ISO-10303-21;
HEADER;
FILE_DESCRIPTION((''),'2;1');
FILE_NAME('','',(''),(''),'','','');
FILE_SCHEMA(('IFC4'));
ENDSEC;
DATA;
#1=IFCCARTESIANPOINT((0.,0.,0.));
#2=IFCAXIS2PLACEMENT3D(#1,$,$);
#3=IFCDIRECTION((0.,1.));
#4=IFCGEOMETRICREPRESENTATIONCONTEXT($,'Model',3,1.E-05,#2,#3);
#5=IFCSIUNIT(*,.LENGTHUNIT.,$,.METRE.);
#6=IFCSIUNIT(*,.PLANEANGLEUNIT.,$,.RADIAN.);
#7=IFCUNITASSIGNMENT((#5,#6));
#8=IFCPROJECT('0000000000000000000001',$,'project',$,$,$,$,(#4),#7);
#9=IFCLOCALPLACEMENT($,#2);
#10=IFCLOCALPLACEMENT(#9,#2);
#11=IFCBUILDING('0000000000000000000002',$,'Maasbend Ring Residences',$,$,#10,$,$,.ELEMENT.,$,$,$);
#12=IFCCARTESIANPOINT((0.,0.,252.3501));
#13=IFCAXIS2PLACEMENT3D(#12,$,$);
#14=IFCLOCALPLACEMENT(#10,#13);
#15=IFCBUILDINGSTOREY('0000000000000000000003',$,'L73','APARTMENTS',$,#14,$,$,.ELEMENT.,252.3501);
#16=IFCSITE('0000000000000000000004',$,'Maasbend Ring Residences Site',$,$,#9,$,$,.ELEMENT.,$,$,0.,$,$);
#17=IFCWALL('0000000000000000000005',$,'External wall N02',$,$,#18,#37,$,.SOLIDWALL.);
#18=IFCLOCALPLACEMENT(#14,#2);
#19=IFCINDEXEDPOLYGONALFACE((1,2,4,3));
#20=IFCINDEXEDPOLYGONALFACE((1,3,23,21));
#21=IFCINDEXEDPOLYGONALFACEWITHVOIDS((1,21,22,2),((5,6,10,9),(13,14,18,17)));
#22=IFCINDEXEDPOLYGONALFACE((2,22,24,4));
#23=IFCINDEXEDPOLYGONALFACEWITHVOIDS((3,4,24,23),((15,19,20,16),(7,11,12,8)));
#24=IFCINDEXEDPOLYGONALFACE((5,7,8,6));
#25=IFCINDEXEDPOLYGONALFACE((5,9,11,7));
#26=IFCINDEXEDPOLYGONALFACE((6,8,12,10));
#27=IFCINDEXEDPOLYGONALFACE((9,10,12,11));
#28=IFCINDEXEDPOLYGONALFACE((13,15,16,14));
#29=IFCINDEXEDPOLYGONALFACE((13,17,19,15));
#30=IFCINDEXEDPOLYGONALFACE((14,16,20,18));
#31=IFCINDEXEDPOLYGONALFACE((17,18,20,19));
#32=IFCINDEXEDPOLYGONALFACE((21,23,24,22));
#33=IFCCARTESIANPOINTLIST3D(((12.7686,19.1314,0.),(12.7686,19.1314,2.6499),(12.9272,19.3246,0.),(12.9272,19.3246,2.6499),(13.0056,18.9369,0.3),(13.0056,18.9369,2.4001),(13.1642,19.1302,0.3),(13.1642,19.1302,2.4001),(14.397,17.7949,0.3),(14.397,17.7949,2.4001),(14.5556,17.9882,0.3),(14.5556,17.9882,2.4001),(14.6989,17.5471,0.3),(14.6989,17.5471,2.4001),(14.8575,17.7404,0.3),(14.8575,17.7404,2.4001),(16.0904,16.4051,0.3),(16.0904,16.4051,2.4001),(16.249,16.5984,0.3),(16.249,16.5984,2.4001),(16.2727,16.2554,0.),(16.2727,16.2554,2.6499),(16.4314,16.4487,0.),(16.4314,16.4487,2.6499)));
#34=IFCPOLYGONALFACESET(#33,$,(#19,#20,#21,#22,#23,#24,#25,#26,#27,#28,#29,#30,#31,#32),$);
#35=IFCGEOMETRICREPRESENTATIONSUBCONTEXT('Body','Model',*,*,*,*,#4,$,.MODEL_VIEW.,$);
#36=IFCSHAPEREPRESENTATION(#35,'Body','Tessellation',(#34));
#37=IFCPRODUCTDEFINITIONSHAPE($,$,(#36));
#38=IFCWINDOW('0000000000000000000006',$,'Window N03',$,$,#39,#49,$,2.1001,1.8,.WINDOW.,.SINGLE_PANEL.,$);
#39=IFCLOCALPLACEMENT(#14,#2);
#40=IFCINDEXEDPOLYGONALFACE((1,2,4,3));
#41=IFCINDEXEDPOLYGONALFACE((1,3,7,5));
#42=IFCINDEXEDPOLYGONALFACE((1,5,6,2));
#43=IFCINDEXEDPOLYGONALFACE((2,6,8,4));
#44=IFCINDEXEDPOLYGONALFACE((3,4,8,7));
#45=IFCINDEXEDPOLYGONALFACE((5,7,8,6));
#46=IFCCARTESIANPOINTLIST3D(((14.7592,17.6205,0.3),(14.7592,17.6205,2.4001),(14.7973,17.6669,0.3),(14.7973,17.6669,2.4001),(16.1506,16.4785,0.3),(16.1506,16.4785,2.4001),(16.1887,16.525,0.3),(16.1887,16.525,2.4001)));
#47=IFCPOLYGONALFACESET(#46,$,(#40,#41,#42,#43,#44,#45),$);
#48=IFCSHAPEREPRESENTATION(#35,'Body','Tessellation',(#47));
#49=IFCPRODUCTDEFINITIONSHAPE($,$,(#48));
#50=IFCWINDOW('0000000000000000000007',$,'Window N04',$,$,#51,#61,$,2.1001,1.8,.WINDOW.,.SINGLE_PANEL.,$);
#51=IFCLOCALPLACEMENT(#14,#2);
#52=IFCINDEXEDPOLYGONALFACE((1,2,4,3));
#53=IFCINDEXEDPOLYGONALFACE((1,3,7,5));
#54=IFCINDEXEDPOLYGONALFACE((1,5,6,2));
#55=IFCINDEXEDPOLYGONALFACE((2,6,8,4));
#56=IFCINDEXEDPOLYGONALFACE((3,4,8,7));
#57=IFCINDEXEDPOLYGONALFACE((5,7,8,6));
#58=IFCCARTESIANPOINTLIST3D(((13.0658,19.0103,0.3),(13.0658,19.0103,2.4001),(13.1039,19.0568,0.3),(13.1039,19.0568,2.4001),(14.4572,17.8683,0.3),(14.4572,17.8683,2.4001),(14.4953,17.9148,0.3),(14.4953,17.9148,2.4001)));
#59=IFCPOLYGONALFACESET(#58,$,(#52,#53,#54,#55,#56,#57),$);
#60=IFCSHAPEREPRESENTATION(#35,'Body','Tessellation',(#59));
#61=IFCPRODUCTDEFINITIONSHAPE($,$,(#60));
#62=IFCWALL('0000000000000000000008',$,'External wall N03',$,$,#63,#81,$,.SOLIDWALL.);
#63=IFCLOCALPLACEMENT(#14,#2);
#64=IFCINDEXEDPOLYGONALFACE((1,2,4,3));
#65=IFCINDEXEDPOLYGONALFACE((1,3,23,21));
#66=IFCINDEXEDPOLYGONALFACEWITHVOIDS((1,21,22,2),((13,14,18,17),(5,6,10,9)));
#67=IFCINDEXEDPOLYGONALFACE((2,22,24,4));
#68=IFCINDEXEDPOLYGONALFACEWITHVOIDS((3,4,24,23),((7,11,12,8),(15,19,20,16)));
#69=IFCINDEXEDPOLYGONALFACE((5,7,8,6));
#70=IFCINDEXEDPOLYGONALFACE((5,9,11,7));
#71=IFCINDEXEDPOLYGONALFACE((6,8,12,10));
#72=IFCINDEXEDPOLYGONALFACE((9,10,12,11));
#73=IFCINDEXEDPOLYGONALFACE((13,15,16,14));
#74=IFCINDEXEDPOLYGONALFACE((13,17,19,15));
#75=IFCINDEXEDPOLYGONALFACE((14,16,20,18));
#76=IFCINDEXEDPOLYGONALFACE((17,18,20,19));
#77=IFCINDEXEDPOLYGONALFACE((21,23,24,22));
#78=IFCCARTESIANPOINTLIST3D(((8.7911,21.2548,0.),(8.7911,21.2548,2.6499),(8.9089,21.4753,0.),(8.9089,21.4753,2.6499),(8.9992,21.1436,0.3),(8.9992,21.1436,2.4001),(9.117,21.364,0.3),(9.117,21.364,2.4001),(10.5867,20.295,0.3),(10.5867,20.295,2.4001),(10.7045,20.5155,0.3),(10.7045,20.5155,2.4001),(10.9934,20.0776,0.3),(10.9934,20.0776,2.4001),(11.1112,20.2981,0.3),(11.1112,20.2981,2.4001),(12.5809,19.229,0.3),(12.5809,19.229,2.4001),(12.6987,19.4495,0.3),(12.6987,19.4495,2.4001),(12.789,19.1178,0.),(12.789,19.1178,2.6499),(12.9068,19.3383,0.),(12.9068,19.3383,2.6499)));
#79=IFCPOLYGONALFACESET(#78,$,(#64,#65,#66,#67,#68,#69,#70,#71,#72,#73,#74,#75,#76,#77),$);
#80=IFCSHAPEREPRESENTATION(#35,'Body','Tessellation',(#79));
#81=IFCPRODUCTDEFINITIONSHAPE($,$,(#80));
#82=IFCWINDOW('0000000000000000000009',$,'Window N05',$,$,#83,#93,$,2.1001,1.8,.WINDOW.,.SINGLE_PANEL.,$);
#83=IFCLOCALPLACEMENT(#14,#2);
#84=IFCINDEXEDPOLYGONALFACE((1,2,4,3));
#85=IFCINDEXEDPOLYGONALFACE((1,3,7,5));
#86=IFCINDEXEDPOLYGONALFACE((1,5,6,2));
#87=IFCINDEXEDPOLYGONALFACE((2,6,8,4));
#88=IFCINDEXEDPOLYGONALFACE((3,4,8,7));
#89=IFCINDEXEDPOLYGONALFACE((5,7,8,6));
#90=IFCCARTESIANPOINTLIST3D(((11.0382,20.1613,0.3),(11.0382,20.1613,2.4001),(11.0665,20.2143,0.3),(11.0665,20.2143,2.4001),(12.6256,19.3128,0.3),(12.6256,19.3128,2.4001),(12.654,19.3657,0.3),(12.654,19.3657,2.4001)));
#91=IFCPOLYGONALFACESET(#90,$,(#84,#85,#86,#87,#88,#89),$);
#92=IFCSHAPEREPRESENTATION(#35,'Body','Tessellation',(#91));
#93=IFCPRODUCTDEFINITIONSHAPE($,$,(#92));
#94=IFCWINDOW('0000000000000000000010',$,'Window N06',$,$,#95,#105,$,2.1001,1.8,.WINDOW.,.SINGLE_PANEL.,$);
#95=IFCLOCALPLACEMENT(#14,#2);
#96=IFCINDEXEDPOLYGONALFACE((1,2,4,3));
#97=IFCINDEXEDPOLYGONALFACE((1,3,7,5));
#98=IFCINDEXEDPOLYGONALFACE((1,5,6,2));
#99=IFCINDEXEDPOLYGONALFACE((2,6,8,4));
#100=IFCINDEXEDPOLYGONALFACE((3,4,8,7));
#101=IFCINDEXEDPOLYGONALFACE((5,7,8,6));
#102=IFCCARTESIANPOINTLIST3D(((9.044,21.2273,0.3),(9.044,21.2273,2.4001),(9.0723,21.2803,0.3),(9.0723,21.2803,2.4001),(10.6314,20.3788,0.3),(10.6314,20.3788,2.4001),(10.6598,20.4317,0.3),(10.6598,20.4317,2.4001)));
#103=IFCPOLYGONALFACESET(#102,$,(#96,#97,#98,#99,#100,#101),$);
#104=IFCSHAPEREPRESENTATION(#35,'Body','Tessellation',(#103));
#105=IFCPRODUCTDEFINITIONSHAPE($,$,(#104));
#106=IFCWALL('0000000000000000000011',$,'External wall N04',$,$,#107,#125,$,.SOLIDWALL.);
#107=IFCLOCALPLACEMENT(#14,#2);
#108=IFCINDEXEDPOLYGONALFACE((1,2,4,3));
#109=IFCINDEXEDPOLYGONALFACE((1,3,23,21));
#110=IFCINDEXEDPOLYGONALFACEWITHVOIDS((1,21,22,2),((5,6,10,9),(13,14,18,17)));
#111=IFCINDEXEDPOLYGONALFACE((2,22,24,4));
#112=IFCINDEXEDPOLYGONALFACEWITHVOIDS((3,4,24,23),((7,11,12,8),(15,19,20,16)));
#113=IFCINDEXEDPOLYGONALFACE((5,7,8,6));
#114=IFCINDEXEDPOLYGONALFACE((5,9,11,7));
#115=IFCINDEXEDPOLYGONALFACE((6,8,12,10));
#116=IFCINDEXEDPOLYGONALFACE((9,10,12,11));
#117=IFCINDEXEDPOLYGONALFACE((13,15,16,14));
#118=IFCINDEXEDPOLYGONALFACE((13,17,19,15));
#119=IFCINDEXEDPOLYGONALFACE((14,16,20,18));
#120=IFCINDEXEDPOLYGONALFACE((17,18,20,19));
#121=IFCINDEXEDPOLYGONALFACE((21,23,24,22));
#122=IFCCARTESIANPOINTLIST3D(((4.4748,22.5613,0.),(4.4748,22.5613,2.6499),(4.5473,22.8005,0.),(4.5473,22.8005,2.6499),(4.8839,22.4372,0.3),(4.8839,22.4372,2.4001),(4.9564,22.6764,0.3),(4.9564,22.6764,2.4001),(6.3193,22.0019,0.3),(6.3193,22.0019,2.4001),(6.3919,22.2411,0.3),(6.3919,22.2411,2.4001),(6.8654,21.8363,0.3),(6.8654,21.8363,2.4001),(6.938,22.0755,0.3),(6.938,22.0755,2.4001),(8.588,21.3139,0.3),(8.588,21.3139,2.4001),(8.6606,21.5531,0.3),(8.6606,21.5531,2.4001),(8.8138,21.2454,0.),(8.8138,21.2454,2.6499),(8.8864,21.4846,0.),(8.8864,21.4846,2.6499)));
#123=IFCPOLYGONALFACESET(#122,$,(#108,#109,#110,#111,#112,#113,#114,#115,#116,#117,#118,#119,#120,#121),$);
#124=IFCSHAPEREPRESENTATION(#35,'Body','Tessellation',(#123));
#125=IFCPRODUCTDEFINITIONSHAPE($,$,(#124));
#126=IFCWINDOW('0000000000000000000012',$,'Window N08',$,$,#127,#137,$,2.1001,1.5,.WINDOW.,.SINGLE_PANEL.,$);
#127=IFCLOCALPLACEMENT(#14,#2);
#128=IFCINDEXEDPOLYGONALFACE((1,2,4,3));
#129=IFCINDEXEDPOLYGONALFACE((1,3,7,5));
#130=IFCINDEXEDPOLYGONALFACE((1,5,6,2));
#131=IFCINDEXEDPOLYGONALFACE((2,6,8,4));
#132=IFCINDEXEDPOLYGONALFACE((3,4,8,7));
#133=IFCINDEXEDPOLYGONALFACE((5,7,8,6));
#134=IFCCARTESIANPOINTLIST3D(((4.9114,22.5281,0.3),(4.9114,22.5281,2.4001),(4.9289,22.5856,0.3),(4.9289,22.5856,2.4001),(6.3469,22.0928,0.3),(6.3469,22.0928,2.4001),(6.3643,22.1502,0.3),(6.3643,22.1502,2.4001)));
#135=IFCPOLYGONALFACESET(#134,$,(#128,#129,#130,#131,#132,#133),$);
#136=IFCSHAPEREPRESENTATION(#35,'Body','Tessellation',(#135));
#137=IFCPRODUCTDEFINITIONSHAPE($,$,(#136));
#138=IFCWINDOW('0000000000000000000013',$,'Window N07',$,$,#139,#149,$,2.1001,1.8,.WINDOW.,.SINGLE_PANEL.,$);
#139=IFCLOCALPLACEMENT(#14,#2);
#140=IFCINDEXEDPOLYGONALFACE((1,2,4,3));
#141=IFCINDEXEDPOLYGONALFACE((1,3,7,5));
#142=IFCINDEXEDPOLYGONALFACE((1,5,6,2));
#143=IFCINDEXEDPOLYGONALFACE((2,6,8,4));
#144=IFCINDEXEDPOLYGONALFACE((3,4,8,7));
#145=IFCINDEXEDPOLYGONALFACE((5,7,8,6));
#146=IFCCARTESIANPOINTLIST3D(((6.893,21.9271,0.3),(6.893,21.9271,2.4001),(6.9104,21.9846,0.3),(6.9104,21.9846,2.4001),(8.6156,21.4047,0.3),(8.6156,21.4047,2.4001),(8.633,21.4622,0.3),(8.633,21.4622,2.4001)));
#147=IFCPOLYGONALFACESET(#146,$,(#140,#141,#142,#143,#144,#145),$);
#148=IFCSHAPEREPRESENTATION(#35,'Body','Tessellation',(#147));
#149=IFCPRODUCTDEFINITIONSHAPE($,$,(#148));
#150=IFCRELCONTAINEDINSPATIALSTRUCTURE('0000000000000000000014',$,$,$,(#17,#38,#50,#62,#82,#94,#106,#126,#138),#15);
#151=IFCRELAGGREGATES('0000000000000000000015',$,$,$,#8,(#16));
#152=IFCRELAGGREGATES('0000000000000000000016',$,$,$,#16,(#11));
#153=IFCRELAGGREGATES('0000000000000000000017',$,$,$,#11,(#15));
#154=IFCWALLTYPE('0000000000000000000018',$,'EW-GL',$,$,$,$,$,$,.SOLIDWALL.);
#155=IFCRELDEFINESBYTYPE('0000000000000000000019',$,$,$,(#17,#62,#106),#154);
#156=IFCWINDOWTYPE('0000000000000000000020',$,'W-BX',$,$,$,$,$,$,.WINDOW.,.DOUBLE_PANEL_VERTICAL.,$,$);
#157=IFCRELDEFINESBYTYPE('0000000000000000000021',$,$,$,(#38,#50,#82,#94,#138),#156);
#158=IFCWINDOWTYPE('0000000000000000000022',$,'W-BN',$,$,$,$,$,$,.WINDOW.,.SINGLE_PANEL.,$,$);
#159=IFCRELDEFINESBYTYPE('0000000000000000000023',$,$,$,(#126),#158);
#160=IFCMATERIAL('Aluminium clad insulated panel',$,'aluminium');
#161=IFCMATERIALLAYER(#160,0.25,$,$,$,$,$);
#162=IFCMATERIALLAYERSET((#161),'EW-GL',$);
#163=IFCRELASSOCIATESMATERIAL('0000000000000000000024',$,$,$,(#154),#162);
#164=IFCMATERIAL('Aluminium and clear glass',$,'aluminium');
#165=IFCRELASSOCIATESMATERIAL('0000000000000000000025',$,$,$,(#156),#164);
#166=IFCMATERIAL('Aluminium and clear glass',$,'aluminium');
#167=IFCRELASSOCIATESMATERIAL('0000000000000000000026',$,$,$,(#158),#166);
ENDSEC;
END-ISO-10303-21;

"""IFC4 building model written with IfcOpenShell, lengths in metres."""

from ifc_helpers import new_model, si_unit, direction, frame, frame_2d, origin, place, context, subcontext, project, spatial, rectangle, extrude, material, layer, layer_set, type_object, element, fill, save


model = new_model("IFC4")

# Units and contexts
model_context = context("Model", 3, precision=1e-05, world=origin(), true_north=direction((0.0, 1.0)))
body_context = subcontext(model_context, "Body", "Model", "MODEL_VIEW")
ifc_project = project(units=[si_unit("LENGTHUNIT", "METRE"), si_unit("PLANEANGLEUNIT", "RADIAN")], contexts=[model_context])

# Site, building, storey
site_placement = place(None, origin())
site = spatial("IfcSite", under=ifc_project, at=site_placement, Name="Maasbend Ring Residences Site", CompositionType="ELEMENT", RefElevation=0.0)
building_placement = place(site_placement, origin())
building = spatial("IfcBuilding", under=site, at=building_placement, Name="Maasbend Ring Residences", CompositionType="ELEMENT")
storey_placement = place(building_placement, frame((0.0, 0.0, 252.3501)))
storey = spatial("IfcBuildingStorey", under=building, at=storey_placement, Name="L73", Description="APARTMENTS", CompositionType="ELEMENT", Elevation=252.3501)

# Walls, openings, windows
ifc_material_1 = material(Name="Aluminium clad insulated panel", Category="aluminium")
ifc_layer_1 = layer(ifc_material_1, 0.25)
ifc_layer_set_1 = layer_set([ifc_layer_1], Name="EW-GL")
wall_type_1 = type_object("IfcWallType", Name="EW-GL", PredefinedType="SOLIDWALL", material=ifc_layer_set_1)
ifc_material_2 = material(Name="Aluminium and clear glass", Category="aluminium")
window_type_1 = type_object("IfcWindowType", Name="W-BX", PartitioningType="DOUBLE_PANEL_VERTICAL", PredefinedType="WINDOW", material=ifc_material_2)
wall_1_placement = place(storey_placement, frame((16.3521, 16.3521, 0.0), z_axis=(0.0, 0.0, 1.0), x_axis=(-0.772989, 0.634419, 0.0)))
wall_1 = element("IfcWall", 1, at=wall_1_placement, inside=storey, type_object=wall_type_1, Name="External wall N02", PredefinedType="SOLIDWALL", context=body_context, shape_type="SweptSolid", body=[
    extrude(rectangle(XDim=4.5332, YDim=0.25, at=frame_2d((2.2666, 0.0))), origin(), (0.0, 0.0, 1.0), 2.6499),
])
opening_1_placement = place(wall_1_placement, frame((0.2361, 0.0, 0.3)))
opening_1 = element("IfcOpeningElement", 2, at=opening_1_placement, cuts=wall_1, PredefinedType="OPENING", context=body_context, shape_type="SweptSolid", body=[
    extrude(rectangle(XDim=1.8, YDim=2.1001, at=frame_2d((0.8999, 1.05))), frame((0.0, 0.135, 0.0), z_axis=(0.0, -1.0, 0.0), x_axis=(1.0, 0.0, 0.0)), (0.0, 0.0, 1.0), 0.27),
])
opening_2_placement = place(wall_1_placement, frame((2.4268, 0.0, 0.3)))
opening_2 = element("IfcOpeningElement", 3, at=opening_2_placement, cuts=wall_1, PredefinedType="OPENING", context=body_context, shape_type="SweptSolid", body=[
    extrude(rectangle(XDim=1.8, YDim=2.1001, at=frame_2d((0.8999, 1.05))), frame((0.0, 0.135, 0.0), z_axis=(0.0, -1.0, 0.0), x_axis=(1.0, 0.0, 0.0)), (0.0, 0.0, 1.0), 0.27),
])
window_1_placement = place(opening_1_placement, origin())
window_1 = element("IfcWindow", 4, at=window_1_placement, inside=storey, type_object=window_type_1, Name="Window N03", OverallHeight=2.1001, OverallWidth=1.8, PartitioningType="SINGLE_PANEL", PredefinedType="WINDOW", context=body_context, shape_type="SweptSolid", body=[
    extrude(rectangle(XDim=1.8, YDim=2.1001, at=frame_2d((0.8999, 1.05))), frame((0.0, 0.03, 0.0), z_axis=(0.0, -1.0, 0.0), x_axis=(1.0, 0.0, 0.0)), (0.0, 0.0, 1.0), 0.0601),
])
fill(opening_1, window_1)
window_2_placement = place(opening_2_placement, origin())
window_2 = element("IfcWindow", 5, at=window_2_placement, inside=storey, type_object=window_type_1, Name="Window N04", OverallHeight=2.1001, OverallWidth=1.8, PartitioningType="SINGLE_PANEL", PredefinedType="WINDOW", context=body_context, shape_type="SweptSolid", body=[
    extrude(rectangle(XDim=1.8, YDim=2.1001, at=frame_2d((0.8999, 1.05))), frame((0.0, 0.03, 0.0), z_axis=(0.0, -1.0, 0.0), x_axis=(1.0, 0.0, 0.0)), (0.0, 0.0, 1.0), 0.0601),
])
fill(opening_2, window_2)
wall_2_placement = place(storey_placement, frame((12.8479, 19.228, 0.0), z_axis=(0.0, 0.0, 1.0), x_axis=(-0.881913, 0.471413, 0.0)))
wall_2 = element("IfcWall", 6, at=wall_2_placement, inside=storey, type_object=wall_type_1, Name="External wall N03", PredefinedType="SOLIDWALL", context=body_context, shape_type="SweptSolid", body=[
    extrude(rectangle(XDim=4.5332, YDim=0.25, at=frame_2d((2.2666, 0.0))), origin(), (0.0, 0.0, 1.0), 2.6499),
])
opening_3_placement = place(wall_2_placement, frame((0.2361, 0.0, 0.3)))
opening_3 = element("IfcOpeningElement", 7, at=opening_3_placement, cuts=wall_2, PredefinedType="OPENING", context=body_context, shape_type="SweptSolid", body=[
    extrude(rectangle(XDim=1.8, YDim=2.1001, at=frame_2d((0.8999, 1.05))), frame((0.0, 0.135, 0.0), z_axis=(0.0, -1.0, 0.0), x_axis=(1.0, 0.0, 0.0)), (0.0, 0.0, 1.0), 0.27),
])
opening_4_placement = place(wall_2_placement, frame((2.4973, 0.0, 0.3)))
opening_4 = element("IfcOpeningElement", 8, at=opening_4_placement, cuts=wall_2, PredefinedType="OPENING", context=body_context, shape_type="SweptSolid", body=[
    extrude(rectangle(XDim=1.8, YDim=2.1001, at=frame_2d((0.8999, 1.05))), frame((0.0, 0.135, 0.0), z_axis=(0.0, -1.0, 0.0), x_axis=(1.0, 0.0, 0.0)), (0.0, 0.0, 1.0), 0.27),
])
window_3_placement = place(opening_3_placement, origin())
window_3 = element("IfcWindow", 9, at=window_3_placement, inside=storey, type_object=window_type_1, Name="Window N05", OverallHeight=2.1001, OverallWidth=1.8, PartitioningType="SINGLE_PANEL", PredefinedType="WINDOW", context=body_context, shape_type="SweptSolid", body=[
    extrude(rectangle(XDim=1.8, YDim=2.1001, at=frame_2d((0.8999, 1.05))), frame((0.0, 0.03, 0.0), z_axis=(0.0, -1.0, 0.0), x_axis=(1.0, 0.0, 0.0)), (0.0, 0.0, 1.0), 0.0601),
])
fill(opening_3, window_3)
window_4_placement = place(opening_4_placement, origin())
window_4 = element("IfcWindow", 10, at=window_4_placement, inside=storey, type_object=window_type_1, Name="Window N06", OverallHeight=2.1001, OverallWidth=1.8, PartitioningType="SINGLE_PANEL", PredefinedType="WINDOW", context=body_context, shape_type="SweptSolid", body=[
    extrude(rectangle(XDim=1.8, YDim=2.1001, at=frame_2d((0.8999, 1.05))), frame((0.0, 0.03, 0.0), z_axis=(0.0, -1.0, 0.0), x_axis=(1.0, 0.0, 0.0)), (0.0, 0.0, 1.0), 0.0601),
])
fill(opening_4, window_4)
wall_3_placement = place(storey_placement, frame((8.8501, 21.365, 0.0), z_axis=(0.0, 0.0, 1.0), x_axis=(-0.956961, 0.290217, 0.0)))
wall_3 = element("IfcWall", 11, at=wall_3_placement, inside=storey, type_object=wall_type_1, Name="External wall N04", PredefinedType="SOLIDWALL", context=body_context, shape_type="SweptSolid", body=[
    extrude(rectangle(XDim=4.5342, YDim=0.25, at=frame_2d((2.2671, 0.0))), origin(), (0.0, 0.0, 1.0), 2.6499),
])
opening_5_placement = place(wall_3_placement, frame((0.2361, 0.0, 0.3)))
opening_5 = element("IfcOpeningElement", 12, at=opening_5_placement, cuts=wall_3, PredefinedType="OPENING", context=body_context, shape_type="SweptSolid", body=[
    extrude(rectangle(XDim=1.8, YDim=2.1001, at=frame_2d((0.8999, 1.05))), frame((0.0, 0.135, 0.0), z_axis=(0.0, -1.0, 0.0), x_axis=(1.0, 0.0, 0.0)), (0.0, 0.0, 1.0), 0.27),
])
opening_6_placement = place(wall_3_placement, frame((2.6067, 0.0, 0.3)))
opening_6 = element("IfcOpeningElement", 13, at=opening_6_placement, cuts=wall_3, PredefinedType="OPENING", context=body_context, shape_type="SweptSolid", body=[
    extrude(rectangle(XDim=1.5, YDim=2.1001, at=frame_2d((0.75, 1.05))), frame((0.0, 0.135, 0.0), z_axis=(0.0, -1.0, 0.0), x_axis=(1.0, 0.0, 0.0)), (0.0, 0.0, 1.0), 0.27),
])
ifc_material_3 = material(Name="Aluminium and clear glass", Category="aluminium")
window_type_2 = type_object("IfcWindowType", Name="W-BN", PartitioningType="SINGLE_PANEL", PredefinedType="WINDOW", material=ifc_material_3)
window_5_placement = place(opening_6_placement, origin())
window_5 = element("IfcWindow", 14, at=window_5_placement, inside=storey, type_object=window_type_2, Name="Window N08", OverallHeight=2.1001, OverallWidth=1.5, PartitioningType="SINGLE_PANEL", PredefinedType="WINDOW", context=body_context, shape_type="SweptSolid", body=[
    extrude(rectangle(XDim=1.5, YDim=2.1001, at=frame_2d((0.75, 1.05))), frame((0.0, 0.03, 0.0), z_axis=(0.0, -1.0, 0.0), x_axis=(1.0, 0.0, 0.0)), (0.0, 0.0, 1.0), 0.0601),
])
fill(opening_6, window_5)
window_6_placement = place(opening_5_placement, origin())
window_6 = element("IfcWindow", 15, at=window_6_placement, inside=storey, type_object=window_type_1, Name="Window N07", OverallHeight=2.1001, OverallWidth=1.8, PartitioningType="SINGLE_PANEL", PredefinedType="WINDOW", context=body_context, shape_type="SweptSolid", body=[
    extrude(rectangle(XDim=1.8, YDim=2.1001, at=frame_2d((0.8999, 1.05))), frame((0.0, 0.03, 0.0), z_axis=(0.0, -1.0, 0.0), x_axis=(1.0, 0.0, 0.0)), (0.0, 0.0, 1.0), 0.0601),
])
fill(opening_5, window_6)

save(model, "model.ifc")
